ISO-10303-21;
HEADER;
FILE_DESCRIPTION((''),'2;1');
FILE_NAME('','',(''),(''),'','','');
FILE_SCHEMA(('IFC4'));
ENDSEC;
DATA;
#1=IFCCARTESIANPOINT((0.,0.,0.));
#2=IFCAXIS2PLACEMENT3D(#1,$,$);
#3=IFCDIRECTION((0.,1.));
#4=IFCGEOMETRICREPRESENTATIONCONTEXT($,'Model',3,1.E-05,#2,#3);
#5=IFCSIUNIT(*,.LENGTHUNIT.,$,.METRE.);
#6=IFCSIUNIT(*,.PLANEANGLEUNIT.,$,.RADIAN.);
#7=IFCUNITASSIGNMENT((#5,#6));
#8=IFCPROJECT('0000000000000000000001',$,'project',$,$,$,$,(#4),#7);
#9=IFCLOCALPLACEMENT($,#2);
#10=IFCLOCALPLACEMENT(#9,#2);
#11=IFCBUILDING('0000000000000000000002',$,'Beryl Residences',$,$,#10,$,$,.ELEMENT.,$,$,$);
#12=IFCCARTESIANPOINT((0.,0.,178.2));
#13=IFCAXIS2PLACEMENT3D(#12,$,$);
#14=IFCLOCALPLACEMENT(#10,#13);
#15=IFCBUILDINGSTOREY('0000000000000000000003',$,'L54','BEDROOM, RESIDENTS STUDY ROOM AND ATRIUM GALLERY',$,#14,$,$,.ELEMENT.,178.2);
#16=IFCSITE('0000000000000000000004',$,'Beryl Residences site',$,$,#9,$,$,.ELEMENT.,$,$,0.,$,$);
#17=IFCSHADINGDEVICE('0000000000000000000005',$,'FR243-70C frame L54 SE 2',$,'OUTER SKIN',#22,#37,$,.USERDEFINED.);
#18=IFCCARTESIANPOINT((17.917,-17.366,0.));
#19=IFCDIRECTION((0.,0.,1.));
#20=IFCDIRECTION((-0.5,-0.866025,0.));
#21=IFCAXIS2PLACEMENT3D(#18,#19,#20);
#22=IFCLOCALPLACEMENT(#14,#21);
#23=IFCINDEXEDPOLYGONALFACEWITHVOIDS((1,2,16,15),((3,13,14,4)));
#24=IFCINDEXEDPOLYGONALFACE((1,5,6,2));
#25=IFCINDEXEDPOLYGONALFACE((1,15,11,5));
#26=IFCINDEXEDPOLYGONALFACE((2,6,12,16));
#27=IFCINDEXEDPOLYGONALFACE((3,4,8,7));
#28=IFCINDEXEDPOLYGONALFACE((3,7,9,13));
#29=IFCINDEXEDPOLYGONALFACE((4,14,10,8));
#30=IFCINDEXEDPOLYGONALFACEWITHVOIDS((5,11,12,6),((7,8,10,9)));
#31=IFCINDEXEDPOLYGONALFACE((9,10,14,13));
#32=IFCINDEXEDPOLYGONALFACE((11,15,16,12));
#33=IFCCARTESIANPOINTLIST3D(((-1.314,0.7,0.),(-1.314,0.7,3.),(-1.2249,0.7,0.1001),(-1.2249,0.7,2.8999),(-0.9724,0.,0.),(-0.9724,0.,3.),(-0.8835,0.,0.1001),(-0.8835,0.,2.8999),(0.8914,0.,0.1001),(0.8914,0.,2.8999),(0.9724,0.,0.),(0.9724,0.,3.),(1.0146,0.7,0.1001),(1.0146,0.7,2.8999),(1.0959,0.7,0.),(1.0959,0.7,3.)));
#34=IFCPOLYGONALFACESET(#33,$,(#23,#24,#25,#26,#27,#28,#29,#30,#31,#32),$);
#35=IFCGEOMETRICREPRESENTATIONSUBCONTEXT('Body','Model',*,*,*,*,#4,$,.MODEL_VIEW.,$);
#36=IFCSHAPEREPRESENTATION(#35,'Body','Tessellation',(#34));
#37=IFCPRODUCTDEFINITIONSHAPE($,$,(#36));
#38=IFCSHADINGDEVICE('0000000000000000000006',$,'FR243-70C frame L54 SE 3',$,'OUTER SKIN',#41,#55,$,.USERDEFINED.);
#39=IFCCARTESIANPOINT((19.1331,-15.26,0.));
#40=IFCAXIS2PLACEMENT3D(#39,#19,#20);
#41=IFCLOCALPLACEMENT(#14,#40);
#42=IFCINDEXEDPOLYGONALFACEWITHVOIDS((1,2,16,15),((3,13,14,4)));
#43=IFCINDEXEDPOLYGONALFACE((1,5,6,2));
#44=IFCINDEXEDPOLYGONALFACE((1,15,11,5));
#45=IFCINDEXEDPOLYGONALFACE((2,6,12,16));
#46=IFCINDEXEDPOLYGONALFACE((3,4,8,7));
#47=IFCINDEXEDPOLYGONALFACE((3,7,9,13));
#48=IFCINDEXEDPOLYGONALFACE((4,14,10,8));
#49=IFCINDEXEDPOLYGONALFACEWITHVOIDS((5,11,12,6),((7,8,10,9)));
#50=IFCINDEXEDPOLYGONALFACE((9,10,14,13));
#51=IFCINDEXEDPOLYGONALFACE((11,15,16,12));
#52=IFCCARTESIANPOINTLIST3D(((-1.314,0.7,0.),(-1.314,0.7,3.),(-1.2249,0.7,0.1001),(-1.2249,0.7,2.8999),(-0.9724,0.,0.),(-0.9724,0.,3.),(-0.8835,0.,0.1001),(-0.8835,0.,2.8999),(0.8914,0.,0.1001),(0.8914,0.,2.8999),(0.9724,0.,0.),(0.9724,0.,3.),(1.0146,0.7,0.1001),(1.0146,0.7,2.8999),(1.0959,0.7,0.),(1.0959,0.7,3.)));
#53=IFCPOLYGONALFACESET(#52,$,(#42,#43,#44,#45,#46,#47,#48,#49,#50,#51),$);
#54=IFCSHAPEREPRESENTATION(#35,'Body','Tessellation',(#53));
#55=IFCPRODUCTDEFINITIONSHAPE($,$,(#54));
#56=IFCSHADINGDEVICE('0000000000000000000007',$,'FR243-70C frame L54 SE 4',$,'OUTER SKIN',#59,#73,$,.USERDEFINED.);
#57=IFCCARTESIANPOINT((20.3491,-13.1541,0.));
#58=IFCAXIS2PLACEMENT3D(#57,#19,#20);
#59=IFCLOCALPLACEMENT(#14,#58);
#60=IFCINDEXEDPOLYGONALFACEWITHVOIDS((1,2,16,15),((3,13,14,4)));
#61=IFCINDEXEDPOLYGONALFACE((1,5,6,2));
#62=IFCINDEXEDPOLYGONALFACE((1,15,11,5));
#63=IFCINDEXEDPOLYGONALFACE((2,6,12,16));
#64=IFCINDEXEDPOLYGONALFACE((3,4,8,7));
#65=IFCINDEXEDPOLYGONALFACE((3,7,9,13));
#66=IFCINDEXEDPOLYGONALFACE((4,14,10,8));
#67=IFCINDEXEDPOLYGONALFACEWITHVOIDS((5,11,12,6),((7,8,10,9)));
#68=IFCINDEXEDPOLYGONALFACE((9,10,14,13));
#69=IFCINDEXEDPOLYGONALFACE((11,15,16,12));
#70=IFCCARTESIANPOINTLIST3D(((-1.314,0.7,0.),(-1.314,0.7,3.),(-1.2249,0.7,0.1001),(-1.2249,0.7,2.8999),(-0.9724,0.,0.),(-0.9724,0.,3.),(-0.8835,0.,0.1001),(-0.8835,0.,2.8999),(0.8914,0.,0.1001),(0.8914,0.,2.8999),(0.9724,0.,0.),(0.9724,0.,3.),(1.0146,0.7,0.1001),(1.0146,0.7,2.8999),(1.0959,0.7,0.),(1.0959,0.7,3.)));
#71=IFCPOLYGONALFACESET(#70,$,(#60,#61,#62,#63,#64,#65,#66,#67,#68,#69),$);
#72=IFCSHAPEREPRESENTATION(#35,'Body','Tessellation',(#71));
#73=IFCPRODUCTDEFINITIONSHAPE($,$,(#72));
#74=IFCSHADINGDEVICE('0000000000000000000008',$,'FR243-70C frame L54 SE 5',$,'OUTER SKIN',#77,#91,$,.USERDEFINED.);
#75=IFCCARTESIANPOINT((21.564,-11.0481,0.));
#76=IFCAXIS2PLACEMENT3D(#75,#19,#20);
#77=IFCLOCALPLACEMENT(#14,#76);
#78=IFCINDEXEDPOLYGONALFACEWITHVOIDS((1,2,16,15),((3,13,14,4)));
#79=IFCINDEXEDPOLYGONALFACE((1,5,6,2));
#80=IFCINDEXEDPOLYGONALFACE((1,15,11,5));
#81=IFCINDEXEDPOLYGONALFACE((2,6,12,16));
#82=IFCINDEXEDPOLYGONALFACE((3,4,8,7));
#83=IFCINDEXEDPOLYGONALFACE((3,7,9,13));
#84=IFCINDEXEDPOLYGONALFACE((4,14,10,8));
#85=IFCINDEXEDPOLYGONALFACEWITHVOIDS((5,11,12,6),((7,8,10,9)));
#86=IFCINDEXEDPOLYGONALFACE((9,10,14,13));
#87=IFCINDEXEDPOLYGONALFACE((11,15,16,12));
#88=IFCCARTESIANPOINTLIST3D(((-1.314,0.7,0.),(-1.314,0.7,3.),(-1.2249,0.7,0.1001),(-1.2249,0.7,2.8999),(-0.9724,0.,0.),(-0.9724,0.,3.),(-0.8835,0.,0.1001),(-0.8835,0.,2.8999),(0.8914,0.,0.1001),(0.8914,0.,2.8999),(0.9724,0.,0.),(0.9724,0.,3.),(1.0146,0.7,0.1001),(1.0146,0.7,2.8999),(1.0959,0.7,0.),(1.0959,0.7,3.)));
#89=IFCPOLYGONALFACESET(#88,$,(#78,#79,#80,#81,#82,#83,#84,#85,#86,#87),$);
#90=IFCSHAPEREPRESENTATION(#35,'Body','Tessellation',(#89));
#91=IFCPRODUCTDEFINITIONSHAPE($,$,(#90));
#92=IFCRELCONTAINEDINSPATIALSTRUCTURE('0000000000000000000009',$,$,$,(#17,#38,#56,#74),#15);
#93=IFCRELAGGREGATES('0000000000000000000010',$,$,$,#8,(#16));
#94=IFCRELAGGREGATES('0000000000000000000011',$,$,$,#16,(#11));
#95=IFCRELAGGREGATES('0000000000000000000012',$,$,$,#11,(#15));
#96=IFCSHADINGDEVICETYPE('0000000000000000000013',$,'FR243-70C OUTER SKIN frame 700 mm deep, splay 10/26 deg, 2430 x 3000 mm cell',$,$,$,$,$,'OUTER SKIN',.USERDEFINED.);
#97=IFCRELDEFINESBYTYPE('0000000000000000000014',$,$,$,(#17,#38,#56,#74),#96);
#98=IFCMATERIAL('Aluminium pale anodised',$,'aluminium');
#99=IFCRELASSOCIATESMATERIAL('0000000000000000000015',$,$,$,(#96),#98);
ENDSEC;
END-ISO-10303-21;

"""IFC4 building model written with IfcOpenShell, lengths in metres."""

from ifc_helpers import new_model, entity, si_unit, direction, frame, origin, place, context, subcontext, project, spatial, source, transform, mapped, material, type_object, type_shapes, element, save


model = new_model("IFC4")

# Units and contexts
model_context = context("Model", 3, precision=1e-05, world=origin(), true_north=direction((0.0, 1.0)))
body_context = subcontext(model_context, "Body", "Model", "MODEL_VIEW")
ifc_project = project(units=[si_unit("LENGTHUNIT", "METRE"), si_unit("PLANEANGLEUNIT", "RADIAN")], contexts=[model_context])

# Site, building, storey
site_placement = place(None, origin())
site = spatial("IfcSite", under=ifc_project, at=site_placement, Name="Beryl Residences site", CompositionType="ELEMENT", RefElevation=0.0)
building_placement = place(site_placement, origin())
building = spatial("IfcBuilding", under=site, at=building_placement, Name="Beryl Residences", CompositionType="ELEMENT")
storey_placement = place(building_placement, frame((0.0, 0.0, 178.2)))
storey = spatial("IfcBuildingStorey", under=building, at=storey_placement, Name="L54", Description="BEDROOM, RESIDENTS STUDY ROOM AND ATRIUM GALLERY", CompositionType="ELEMENT", Elevation=178.2)

# Shading devices
ifc_material_1 = material(Name="Aluminium pale anodised", Category="aluminium")
shading_device_type = type_object("IfcShadingDeviceType", Name="FR243-70C OUTER SKIN frame 700 mm deep, splay 10/26 deg, 2430 x 3000 mm cell", ElementType="OUTER SKIN", PredefinedType="USERDEFINED", material=ifc_material_1)
cartesian_point_1 = entity("IfcCartesianPoint", [-0.9724, 0.0])
cartesian_point_2 = entity("IfcCartesianPoint", [-0.8914, 0.1001])
cartesian_point_3 = entity("IfcCartesianPoint", [-1.0959, 0.0])
cartesian_point_4 = entity("IfcCartesianPoint", [-1.0146, 0.1001])
shared_shape_1 = source(origin(), body_context, "Body", "SweptSolid", [
    entity("IfcExtrudedAreaSolidTapered", entity("IfcArbitraryProfileDefWithVoids", "AREA", None, entity("IfcPolyline", [cartesian_point_1, entity("IfcCartesianPoint", [0.9724, 0.0]), entity("IfcCartesianPoint", [0.9724, 3.0]), entity("IfcCartesianPoint", [-0.9724, 3.0]), cartesian_point_1]), [entity("IfcPolyline", [cartesian_point_2, entity("IfcCartesianPoint", [0.8835, 0.1001]), entity("IfcCartesianPoint", [0.8835, 2.8999]), entity("IfcCartesianPoint", [-0.8914, 2.8999]), cartesian_point_2])]), entity("IfcAxis2Placement3D", entity("IfcCartesianPoint", [0.0, 0.0, 0.0]), entity("IfcDirection", [0.0, 1.0, 0.0]), entity("IfcDirection", [-1.0, 0.0, 0.0])), entity("IfcDirection", [0.0, 0.0, 1.0]), 0.7, entity("IfcArbitraryProfileDefWithVoids", "AREA", None, entity("IfcPolyline", [cartesian_point_3, entity("IfcCartesianPoint", [1.314, 0.0]), entity("IfcCartesianPoint", [1.314, 3.0]), entity("IfcCartesianPoint", [-1.0959, 3.0]), cartesian_point_3]), [entity("IfcPolyline", [cartesian_point_4, entity("IfcCartesianPoint", [1.2249, 0.1001]), entity("IfcCartesianPoint", [1.2249, 2.8999]), entity("IfcCartesianPoint", [-1.0146, 2.8999]), cartesian_point_4])])),
])
type_shapes(shading_device_type, [shared_shape_1])
for number, where, z_axis, x_axis, name in (
    (1, (17.917, -17.366, 0.0), (0.0, 0.0, 1.0), (-0.5, -0.866025, 0.0), "FR243-70C frame L54 SE 2"),
    (2, (19.1331, -15.26, 0.0), (0.0, 0.0, 1.0), (-0.5, -0.866025, 0.0), "FR243-70C frame L54 SE 3"),
    (3, (20.3491, -13.1541, 0.0), (0.0, 0.0, 1.0), (-0.5, -0.866025, 0.0), "FR243-70C frame L54 SE 4"),
    (4, (21.564, -11.0481, 0.0), (0.0, 0.0, 1.0), (-0.5, -0.866025, 0.0), "FR243-70C frame L54 SE 5"),
):
    element("IfcShadingDevice", number, at=place(storey_placement, frame(where, z_axis=z_axis, x_axis=x_axis)), inside=storey, type_object=shading_device_type, Name=name, ObjectType="OUTER SKIN", PredefinedType="USERDEFINED", context=body_context, shape_type="MappedRepresentation", body=[
        mapped(shared_shape_1, transform((0.0, 0.0, 0.0))),
    ])

save(model, "model.ifc")
